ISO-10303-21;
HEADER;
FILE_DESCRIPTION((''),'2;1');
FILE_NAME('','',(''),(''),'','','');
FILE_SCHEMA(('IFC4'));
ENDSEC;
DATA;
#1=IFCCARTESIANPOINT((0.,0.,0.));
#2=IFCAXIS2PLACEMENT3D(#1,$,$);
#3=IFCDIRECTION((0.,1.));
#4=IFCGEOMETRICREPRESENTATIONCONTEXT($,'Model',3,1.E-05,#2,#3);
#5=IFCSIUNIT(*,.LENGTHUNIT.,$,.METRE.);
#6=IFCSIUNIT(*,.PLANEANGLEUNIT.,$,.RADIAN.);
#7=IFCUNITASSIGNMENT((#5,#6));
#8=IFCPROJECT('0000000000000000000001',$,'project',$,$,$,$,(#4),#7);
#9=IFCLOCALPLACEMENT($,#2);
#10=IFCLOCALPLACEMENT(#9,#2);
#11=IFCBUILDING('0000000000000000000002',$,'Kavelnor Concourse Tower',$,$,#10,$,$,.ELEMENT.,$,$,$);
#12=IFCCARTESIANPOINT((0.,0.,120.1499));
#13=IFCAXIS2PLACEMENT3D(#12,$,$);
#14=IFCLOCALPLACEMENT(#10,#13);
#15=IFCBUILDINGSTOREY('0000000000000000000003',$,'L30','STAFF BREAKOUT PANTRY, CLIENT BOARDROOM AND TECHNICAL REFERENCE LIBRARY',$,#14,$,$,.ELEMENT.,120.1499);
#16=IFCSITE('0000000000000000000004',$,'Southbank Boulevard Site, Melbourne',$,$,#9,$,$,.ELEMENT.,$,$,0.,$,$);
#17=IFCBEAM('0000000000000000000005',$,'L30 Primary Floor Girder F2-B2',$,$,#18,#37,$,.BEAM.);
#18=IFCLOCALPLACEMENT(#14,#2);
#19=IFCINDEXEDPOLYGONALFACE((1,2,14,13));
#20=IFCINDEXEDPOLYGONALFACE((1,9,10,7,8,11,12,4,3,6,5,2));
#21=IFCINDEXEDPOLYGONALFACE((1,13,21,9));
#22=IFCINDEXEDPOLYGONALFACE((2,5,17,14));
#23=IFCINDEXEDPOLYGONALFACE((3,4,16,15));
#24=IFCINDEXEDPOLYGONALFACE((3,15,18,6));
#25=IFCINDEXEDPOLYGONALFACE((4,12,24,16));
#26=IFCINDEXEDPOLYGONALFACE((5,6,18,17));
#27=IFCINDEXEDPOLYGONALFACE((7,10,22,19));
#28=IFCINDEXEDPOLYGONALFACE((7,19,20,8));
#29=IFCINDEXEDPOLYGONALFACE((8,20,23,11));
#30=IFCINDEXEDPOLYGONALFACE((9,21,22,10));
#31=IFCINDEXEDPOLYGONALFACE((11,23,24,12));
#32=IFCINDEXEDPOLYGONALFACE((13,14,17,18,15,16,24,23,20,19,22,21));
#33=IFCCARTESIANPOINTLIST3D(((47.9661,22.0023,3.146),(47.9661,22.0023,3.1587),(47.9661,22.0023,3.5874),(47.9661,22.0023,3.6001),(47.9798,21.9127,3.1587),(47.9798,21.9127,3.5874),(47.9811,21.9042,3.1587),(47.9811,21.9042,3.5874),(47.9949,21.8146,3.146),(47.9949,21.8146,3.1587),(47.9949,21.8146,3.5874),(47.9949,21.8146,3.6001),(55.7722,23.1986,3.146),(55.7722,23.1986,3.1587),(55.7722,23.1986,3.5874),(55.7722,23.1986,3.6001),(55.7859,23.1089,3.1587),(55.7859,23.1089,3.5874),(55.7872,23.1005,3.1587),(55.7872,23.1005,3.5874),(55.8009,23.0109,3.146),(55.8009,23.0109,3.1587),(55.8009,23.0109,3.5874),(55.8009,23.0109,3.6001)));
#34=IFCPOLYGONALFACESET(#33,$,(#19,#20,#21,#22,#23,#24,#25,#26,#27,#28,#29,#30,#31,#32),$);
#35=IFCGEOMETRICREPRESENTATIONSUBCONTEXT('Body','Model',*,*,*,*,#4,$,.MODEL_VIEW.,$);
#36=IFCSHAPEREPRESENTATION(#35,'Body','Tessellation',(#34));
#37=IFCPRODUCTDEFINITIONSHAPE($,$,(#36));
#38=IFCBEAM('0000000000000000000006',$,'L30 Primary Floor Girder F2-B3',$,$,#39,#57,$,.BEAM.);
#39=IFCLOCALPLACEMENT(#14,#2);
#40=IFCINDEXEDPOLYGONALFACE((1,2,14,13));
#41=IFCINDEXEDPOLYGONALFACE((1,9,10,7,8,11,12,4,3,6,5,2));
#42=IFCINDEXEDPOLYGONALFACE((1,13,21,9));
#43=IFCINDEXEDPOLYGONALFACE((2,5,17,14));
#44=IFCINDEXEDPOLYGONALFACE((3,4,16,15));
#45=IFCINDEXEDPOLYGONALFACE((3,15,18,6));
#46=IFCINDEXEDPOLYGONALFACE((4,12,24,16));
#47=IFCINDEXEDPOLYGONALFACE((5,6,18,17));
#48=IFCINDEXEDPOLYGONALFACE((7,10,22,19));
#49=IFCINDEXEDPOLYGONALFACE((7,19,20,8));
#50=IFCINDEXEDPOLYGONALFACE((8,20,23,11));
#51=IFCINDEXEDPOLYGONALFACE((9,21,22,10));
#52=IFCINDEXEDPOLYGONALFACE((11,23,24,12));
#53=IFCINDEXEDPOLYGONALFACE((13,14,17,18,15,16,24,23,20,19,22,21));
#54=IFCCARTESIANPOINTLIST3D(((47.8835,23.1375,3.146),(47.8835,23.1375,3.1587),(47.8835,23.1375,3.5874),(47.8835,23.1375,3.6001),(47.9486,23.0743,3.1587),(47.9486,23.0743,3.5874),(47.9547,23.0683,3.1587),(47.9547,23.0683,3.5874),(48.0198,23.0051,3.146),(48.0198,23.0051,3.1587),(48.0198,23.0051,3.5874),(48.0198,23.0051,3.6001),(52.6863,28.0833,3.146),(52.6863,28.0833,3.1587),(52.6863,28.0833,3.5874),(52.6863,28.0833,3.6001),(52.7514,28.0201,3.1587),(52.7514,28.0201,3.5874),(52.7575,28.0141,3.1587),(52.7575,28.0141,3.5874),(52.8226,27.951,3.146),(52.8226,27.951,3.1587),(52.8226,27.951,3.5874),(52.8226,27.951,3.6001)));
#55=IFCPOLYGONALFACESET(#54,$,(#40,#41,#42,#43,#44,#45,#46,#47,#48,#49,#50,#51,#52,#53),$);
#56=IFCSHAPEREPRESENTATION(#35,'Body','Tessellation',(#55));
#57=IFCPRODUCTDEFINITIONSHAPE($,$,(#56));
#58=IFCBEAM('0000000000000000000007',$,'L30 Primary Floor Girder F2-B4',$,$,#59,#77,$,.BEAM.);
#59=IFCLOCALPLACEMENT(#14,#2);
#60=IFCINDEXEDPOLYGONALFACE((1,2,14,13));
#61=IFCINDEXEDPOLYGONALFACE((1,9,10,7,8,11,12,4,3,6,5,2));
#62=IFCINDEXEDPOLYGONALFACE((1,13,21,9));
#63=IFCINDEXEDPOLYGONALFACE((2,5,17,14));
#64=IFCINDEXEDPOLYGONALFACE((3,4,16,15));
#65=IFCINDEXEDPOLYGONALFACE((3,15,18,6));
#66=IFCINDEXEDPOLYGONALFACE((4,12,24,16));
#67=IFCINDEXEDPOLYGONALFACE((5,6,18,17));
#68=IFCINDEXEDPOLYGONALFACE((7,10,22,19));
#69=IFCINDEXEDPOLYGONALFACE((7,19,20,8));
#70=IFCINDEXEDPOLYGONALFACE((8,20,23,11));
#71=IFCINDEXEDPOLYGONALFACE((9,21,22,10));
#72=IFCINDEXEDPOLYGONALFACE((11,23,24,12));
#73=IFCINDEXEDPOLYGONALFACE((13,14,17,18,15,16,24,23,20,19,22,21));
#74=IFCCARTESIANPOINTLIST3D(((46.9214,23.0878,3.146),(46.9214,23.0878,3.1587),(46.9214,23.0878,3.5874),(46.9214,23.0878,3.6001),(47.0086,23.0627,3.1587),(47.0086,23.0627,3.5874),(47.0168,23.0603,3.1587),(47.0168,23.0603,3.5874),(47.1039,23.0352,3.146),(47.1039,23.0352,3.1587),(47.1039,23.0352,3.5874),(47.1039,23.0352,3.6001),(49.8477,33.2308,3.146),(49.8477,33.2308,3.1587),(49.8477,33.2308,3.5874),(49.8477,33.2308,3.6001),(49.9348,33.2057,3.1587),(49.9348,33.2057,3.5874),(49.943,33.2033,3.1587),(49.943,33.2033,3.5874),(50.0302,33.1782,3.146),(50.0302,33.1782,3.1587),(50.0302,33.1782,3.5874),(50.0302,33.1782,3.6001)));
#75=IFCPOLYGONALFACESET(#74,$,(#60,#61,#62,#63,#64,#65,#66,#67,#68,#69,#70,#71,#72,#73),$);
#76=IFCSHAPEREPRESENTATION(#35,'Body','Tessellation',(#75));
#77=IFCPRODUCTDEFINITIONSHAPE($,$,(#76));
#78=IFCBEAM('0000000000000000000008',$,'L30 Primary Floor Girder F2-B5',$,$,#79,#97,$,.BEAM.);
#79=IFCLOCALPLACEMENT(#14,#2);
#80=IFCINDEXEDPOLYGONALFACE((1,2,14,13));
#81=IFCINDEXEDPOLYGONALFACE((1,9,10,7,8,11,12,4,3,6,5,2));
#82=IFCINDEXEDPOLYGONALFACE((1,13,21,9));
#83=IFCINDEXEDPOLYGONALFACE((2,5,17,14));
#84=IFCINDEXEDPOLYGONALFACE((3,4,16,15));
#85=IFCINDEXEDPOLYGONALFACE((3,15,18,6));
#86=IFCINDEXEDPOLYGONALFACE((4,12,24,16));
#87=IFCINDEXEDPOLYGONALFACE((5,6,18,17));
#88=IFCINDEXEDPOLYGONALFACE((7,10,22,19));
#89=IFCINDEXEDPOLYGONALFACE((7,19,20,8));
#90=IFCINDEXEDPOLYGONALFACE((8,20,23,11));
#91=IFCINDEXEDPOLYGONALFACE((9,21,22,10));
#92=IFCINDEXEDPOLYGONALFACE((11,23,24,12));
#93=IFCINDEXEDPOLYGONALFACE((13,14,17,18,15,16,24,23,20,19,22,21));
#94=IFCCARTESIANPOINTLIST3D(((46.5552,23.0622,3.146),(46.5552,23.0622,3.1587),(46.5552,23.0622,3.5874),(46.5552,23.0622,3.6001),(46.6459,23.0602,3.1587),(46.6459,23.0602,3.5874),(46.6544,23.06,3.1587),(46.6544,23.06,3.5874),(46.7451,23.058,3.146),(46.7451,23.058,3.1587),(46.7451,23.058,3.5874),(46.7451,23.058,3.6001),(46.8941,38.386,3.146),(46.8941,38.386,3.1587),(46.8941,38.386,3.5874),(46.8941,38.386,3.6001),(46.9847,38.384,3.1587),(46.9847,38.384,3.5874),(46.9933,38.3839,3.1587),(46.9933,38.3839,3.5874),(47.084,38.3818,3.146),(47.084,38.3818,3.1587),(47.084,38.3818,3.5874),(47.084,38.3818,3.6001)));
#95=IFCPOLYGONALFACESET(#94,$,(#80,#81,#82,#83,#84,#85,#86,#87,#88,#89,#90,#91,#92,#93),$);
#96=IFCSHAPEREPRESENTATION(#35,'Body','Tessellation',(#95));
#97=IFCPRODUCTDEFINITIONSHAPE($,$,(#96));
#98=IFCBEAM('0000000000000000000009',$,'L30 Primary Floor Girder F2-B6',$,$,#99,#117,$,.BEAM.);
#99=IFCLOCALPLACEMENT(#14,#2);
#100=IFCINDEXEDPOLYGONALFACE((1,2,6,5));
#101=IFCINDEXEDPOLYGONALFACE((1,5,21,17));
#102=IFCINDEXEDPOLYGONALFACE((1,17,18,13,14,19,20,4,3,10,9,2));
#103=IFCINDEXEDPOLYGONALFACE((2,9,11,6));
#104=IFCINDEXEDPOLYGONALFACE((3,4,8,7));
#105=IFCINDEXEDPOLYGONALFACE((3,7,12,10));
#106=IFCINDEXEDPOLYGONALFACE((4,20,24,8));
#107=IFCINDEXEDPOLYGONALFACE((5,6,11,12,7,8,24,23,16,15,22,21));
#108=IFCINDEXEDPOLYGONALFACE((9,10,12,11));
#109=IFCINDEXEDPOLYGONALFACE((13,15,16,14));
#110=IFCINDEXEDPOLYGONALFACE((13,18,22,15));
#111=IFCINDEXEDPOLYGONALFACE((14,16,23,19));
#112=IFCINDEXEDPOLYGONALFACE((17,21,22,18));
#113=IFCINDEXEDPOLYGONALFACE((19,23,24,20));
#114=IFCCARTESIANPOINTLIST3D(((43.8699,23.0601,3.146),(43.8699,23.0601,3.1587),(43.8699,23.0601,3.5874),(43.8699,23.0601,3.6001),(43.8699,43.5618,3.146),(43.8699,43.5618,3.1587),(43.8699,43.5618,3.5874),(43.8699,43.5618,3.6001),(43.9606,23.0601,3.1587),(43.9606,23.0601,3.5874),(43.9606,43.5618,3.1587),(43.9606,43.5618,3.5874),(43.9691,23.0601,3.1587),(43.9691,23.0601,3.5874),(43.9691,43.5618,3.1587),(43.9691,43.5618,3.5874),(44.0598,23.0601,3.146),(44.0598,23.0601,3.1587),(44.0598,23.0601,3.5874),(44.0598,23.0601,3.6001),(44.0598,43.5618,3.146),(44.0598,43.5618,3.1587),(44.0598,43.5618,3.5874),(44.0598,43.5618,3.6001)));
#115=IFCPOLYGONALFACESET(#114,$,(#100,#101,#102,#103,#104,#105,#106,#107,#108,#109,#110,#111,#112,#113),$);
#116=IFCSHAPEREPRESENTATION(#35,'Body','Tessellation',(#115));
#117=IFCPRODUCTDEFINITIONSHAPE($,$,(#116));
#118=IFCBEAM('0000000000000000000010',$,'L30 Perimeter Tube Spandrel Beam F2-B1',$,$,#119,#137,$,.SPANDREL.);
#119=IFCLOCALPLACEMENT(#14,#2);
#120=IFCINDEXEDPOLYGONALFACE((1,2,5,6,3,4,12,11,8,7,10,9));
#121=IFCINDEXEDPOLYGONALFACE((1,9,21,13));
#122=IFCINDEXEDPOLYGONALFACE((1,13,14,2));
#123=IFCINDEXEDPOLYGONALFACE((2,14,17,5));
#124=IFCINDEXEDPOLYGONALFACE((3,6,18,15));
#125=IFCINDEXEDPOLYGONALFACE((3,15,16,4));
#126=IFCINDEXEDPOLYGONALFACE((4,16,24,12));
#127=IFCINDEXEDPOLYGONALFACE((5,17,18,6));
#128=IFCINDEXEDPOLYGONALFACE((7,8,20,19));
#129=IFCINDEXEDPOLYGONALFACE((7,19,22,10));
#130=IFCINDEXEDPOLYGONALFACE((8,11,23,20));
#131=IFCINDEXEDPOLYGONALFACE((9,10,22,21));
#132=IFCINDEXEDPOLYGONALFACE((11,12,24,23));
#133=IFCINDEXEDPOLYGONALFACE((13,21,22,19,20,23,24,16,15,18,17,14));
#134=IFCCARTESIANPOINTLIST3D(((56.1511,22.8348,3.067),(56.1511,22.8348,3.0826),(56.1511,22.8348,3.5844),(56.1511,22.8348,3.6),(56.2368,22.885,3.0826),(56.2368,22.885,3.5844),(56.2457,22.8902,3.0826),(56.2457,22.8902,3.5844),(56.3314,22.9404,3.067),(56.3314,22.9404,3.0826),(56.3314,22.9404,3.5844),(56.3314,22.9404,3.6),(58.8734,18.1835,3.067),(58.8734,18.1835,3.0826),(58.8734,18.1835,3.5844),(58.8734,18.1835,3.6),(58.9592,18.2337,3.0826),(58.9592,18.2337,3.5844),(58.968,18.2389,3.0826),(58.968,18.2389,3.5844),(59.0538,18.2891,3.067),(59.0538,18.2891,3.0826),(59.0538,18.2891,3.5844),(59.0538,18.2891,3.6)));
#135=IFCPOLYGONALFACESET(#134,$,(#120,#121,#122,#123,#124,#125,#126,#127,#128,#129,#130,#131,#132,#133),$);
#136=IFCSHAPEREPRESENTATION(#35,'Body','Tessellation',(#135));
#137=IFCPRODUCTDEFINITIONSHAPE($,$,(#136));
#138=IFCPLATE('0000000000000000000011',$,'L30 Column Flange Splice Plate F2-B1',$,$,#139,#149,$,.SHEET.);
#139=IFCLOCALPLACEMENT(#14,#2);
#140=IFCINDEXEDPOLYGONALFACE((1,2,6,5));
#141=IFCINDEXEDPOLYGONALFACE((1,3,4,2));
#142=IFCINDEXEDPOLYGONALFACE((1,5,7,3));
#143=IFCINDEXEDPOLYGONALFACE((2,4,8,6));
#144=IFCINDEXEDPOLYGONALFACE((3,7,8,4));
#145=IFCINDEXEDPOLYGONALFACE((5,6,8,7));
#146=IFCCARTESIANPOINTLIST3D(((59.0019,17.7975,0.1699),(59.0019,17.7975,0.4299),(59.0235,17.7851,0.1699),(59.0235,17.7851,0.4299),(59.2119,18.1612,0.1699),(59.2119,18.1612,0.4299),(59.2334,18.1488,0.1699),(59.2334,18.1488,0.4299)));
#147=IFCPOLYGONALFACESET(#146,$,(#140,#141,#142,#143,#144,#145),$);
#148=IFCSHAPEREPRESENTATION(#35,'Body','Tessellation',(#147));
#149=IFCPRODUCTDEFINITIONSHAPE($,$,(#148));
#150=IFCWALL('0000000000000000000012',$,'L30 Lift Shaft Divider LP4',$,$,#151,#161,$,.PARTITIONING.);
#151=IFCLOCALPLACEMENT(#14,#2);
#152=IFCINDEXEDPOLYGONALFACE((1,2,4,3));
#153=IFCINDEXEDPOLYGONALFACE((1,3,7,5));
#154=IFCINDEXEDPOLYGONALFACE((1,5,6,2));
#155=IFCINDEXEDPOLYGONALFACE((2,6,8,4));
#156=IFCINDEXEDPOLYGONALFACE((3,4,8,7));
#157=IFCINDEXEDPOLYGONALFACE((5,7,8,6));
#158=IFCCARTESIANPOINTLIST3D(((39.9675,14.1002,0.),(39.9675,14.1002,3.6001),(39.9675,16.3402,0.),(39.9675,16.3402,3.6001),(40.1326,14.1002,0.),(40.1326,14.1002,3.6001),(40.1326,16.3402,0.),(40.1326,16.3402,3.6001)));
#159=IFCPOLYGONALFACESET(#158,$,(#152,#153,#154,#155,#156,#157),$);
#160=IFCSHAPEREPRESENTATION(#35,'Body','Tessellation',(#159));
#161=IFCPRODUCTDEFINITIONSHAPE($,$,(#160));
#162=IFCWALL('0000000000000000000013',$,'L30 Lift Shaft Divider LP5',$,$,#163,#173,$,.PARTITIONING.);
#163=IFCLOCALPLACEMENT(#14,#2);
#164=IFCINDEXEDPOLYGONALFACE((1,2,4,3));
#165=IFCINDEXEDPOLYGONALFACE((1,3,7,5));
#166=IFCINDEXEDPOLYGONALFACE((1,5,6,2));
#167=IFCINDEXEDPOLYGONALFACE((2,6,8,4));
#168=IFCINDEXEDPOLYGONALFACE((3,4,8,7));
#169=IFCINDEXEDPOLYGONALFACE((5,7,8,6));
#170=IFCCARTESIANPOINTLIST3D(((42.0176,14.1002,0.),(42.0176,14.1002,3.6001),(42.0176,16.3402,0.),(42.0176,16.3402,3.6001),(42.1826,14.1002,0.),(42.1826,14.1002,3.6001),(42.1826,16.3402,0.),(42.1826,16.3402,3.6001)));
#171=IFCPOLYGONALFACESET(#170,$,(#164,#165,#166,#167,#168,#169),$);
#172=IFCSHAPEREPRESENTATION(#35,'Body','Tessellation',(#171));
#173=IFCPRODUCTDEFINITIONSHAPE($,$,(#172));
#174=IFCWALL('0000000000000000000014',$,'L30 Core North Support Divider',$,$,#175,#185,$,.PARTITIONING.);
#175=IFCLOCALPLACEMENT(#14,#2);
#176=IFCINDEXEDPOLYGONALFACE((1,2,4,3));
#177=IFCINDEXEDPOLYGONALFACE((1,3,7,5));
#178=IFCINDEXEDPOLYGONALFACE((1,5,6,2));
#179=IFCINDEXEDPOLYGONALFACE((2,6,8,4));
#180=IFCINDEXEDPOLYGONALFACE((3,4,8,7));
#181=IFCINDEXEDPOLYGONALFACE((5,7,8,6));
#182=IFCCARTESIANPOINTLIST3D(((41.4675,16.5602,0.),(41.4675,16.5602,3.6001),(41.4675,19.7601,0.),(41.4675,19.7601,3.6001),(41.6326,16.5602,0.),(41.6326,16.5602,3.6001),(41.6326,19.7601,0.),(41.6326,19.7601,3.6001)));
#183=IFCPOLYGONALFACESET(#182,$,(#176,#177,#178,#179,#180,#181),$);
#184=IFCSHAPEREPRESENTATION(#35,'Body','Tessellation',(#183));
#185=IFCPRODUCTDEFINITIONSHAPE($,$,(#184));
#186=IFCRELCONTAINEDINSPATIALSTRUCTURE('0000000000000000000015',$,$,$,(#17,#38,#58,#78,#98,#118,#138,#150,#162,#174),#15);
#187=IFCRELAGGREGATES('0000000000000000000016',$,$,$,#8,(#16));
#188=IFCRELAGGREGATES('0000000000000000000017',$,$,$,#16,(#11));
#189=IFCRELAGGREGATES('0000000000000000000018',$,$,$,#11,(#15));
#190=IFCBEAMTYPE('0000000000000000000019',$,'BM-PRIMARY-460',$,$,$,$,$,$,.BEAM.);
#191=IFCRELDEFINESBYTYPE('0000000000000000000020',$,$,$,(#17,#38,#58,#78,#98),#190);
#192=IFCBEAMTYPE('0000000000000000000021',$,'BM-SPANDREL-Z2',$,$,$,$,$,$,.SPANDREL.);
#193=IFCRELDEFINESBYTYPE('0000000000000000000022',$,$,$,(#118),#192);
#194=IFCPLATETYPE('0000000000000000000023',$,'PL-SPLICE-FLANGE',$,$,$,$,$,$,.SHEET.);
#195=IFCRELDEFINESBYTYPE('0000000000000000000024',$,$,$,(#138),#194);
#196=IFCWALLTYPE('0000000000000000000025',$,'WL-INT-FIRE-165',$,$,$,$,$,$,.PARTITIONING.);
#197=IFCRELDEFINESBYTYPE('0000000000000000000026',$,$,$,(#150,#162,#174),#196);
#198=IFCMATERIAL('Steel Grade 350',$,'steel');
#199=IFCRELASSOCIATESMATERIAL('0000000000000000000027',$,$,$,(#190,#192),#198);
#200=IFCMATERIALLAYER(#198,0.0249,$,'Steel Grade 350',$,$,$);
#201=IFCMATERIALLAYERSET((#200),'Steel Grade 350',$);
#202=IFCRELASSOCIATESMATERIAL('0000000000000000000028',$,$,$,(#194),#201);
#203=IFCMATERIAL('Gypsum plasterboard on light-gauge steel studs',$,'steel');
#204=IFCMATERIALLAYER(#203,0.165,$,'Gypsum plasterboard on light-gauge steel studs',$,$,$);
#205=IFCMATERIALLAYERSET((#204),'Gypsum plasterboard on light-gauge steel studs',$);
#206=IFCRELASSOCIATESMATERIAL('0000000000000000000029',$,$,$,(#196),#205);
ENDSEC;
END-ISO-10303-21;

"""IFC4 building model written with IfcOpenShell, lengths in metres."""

from ifc_helpers import new_model, si_unit, direction, frame, frame_2d, origin, origin_2d, place, context, subcontext, project, spatial, rectangle, i_section, extrude, material, layer, layer_set, material_profile, profile_set, type_object, element, save


model = new_model("IFC4")

# Units and contexts
model_context = context("Model", 3, precision=1e-05, world=origin(), true_north=direction((0.0, 1.0)))
body_context = subcontext(model_context, "Body", "Model", "MODEL_VIEW")
ifc_project = project(units=[si_unit("LENGTHUNIT", "METRE"), si_unit("PLANEANGLEUNIT", "RADIAN")], contexts=[model_context])

# Site, building, storey
site_placement = place(None, origin())
site = spatial("IfcSite", under=ifc_project, at=site_placement, Name="Southbank Boulevard Site, Melbourne", CompositionType="ELEMENT", RefElevation=0.0)
building_placement = place(site_placement, origin())
building = spatial("IfcBuilding", under=site, at=building_placement, Name="Kavelnor Concourse Tower", CompositionType="ELEMENT")
storey_placement = place(building_placement, frame((0.0, 0.0, 120.1499)))
storey = spatial("IfcBuildingStorey", under=building, at=storey_placement, Name="L30", Description="STAFF BREAKOUT PANTRY, CLIENT BOARDROOM AND TECHNICAL REFERENCE LIBRARY", CompositionType="ELEMENT", Elevation=120.1499)

# Shared definitions
ifc_material_1 = material(Name="Steel Grade 350", Category="steel")

# Beams
ifc_material_profile_1 = material_profile(ifc_material_1, i_section(OverallWidth=0.1899, OverallDepth=0.4541, WebThickness=0.0085, FlangeThickness=0.0127, at=origin_2d()), Name="460UB67")
ifc_profile_set_1 = profile_set([ifc_material_profile_1], Name="Steel Grade 350")
beam_type_1 = type_object("IfcBeamType", Name="BM-PRIMARY-460", PredefinedType="BEAM", material=ifc_profile_set_1)
beam_1_placement = place(storey_placement, frame((47.9805, 21.9084, 3.373), z_axis=(0.98846, 0.151481, 0.0), x_axis=(-0.151481, 0.98846, 0.0)))
element("IfcBeam", 1, at=beam_1_placement, inside=storey, type_object=beam_type_1, Name="L30 Primary Floor Girder F2-B2", PredefinedType="BEAM", context=body_context, shape_type="SweptSolid", body=[
    extrude(i_section(OverallWidth=0.1899, OverallDepth=0.4541, WebThickness=0.0085, FlangeThickness=0.0127, at=origin_2d()), origin(), (0.0, 0.0, 1.0), 7.8972),
])
beam_2_placement = place(storey_placement, frame((47.9517, 23.0713, 3.373), z_axis=(0.696654, 0.717407, 0.0), x_axis=(-0.717407, 0.696654, 0.0)))
element("IfcBeam", 2, at=beam_2_placement, inside=storey, type_object=beam_type_1, Name="L30 Primary Floor Girder F2-B3", PredefinedType="BEAM", context=body_context, shape_type="SweptSolid", body=[
    extrude(i_section(OverallWidth=0.1899, OverallDepth=0.4541, WebThickness=0.0085, FlangeThickness=0.0127, at=origin_2d()), origin(), (0.0, 0.0, 1.0), 6.894),
])
beam_3_placement = place(storey_placement, frame((47.0127, 23.0615, 3.373), z_axis=(0.277194, 0.960814, 0.0), x_axis=(-0.960814, 0.277194, 0.0)))
element("IfcBeam", 3, at=beam_3_placement, inside=storey, type_object=beam_type_1, Name="L30 Primary Floor Girder F2-B4", PredefinedType="BEAM", context=body_context, shape_type="SweptSolid", body=[
    extrude(i_section(OverallWidth=0.1899, OverallDepth=0.4541, WebThickness=0.0085, FlangeThickness=0.0127, at=origin_2d()), origin(), (0.0, 0.0, 1.0), 10.5566),
])
beam_4_placement = place(storey_placement, frame((46.6501, 23.0601, 3.373), z_axis=(0.022108, 0.999756, 0.0), x_axis=(-0.999756, 0.022108, 0.0)))
element("IfcBeam", 4, at=beam_4_placement, inside=storey, type_object=beam_type_1, Name="L30 Primary Floor Girder F2-B5", PredefinedType="BEAM", context=body_context, shape_type="SweptSolid", body=[
    extrude(i_section(OverallWidth=0.1899, OverallDepth=0.4541, WebThickness=0.0085, FlangeThickness=0.0127, at=origin_2d()), origin(), (0.0, 0.0, 1.0), 15.3276),
])
beam_5_placement = place(storey_placement, frame((43.9648, 23.0601, 3.373), z_axis=(0.0, 1.0, 0.0), x_axis=(-1.0, 0.0, 0.0)))
element("IfcBeam", 5, at=beam_5_placement, inside=storey, type_object=beam_type_1, Name="L30 Primary Floor Girder F2-B6", PredefinedType="BEAM", context=body_context, shape_type="SweptSolid", body=[
    extrude(i_section(OverallWidth=0.1899, OverallDepth=0.4541, WebThickness=0.0085, FlangeThickness=0.0127, at=origin_2d()), origin(), (0.0, 0.0, 1.0), 20.5017),
])
ifc_material_profile_2 = material_profile(ifc_material_1, i_section(OverallWidth=0.209, OverallDepth=0.533, WebThickness=0.0103, FlangeThickness=0.0156, at=origin_2d()), Name="530UB92")
ifc_profile_set_2 = profile_set([ifc_material_profile_2], Name="Steel Grade 350")
beam_type_2 = type_object("IfcBeamType", Name="BM-SPANDREL-Z2", PredefinedType="SPANDREL", material=ifc_profile_set_2)
beam_6_placement = place(storey_placement, frame((58.9636, 18.2363, 3.3335), z_axis=(-0.505132, 0.863042, 0.0), x_axis=(-0.863042, -0.505132, 0.0)))
element("IfcBeam", 6, at=beam_6_placement, inside=storey, type_object=beam_type_2, Name="L30 Perimeter Tube Spandrel Beam F2-B1", PredefinedType="SPANDREL", context=body_context, shape_type="SweptSolid", body=[
    extrude(i_section(OverallWidth=0.209, OverallDepth=0.533, WebThickness=0.0103, FlangeThickness=0.0156, at=origin_2d()), origin(), (0.0, 0.0, 1.0), 5.3894),
])

# Plate
ifc_layer_1 = layer(ifc_material_1, 0.0249, Name="Steel Grade 350")
ifc_layer_set_1 = layer_set([ifc_layer_1], Name="Steel Grade 350")
plate_type = type_object("IfcPlateType", Name="PL-SPLICE-FLANGE", PredefinedType="SHEET", material=ifc_layer_set_1)
plate_placement = place(storey_placement, frame((59.1177, 17.9731, 0.1699), z_axis=(0.0, 0.0, 1.0), x_axis=(-0.5, -0.866025, 0.0)))
element("IfcPlate", 7, at=plate_placement, inside=storey, type_object=plate_type, Name="L30 Column Flange Splice Plate F2-B1", PredefinedType="SHEET", context=body_context, shape_type="SweptSolid", body=[
    extrude(rectangle(XDim=0.4199, YDim=0.0249, at=origin_2d()), origin(), (0.0, 0.0, 1.0), 0.26),
])

# Walls
ifc_material_2 = material(Name="Gypsum plasterboard on light-gauge steel studs", Category="steel")
ifc_layer_2 = layer(ifc_material_2, 0.165, Name="Gypsum plasterboard on light-gauge steel studs")
ifc_layer_set_2 = layer_set([ifc_layer_2], Name="Gypsum plasterboard on light-gauge steel studs")
wall_type_1 = type_object("IfcWallType", Name="WL-INT-FIRE-165", PredefinedType="PARTITIONING", material=ifc_layer_set_2)
for number, where, z_axis, x_axis, name in (
    (8, (40.05, 14.1001, 0.0), (0.0, 0.0, 1.0), (0.0, 1.0, 0.0), "L30 Lift Shaft Divider LP4"),
    (9, (42.1001, 14.1001, 0.0), (0.0, 0.0, 1.0), (0.0, 1.0, 0.0), "L30 Lift Shaft Divider LP5"),
):
    element("IfcWall", number, at=place(storey_placement, frame(where, z_axis=z_axis, x_axis=x_axis)), inside=storey, type_object=wall_type_1, Name=name, PredefinedType="PARTITIONING", context=body_context, shape_type="SweptSolid", body=[
        extrude(rectangle(XDim=2.24, YDim=0.165, at=frame_2d((1.1201, 0.0))), origin(), (0.0, 0.0, 1.0), 3.6001),
    ])
wall_1_placement = place(storey_placement, frame((41.55, 16.5601, 0.0), z_axis=(0.0, 0.0, 1.0), x_axis=(0.0, 1.0, 0.0)))
element("IfcWall", 10, at=wall_1_placement, inside=storey, type_object=wall_type_1, Name="L30 Core North Support Divider", PredefinedType="PARTITIONING", context=body_context, shape_type="SweptSolid", body=[
    extrude(rectangle(XDim=3.2, YDim=0.165, at=frame_2d((1.6001, 0.0))), origin(), (0.0, 0.0, 1.0), 3.6001),
])

save(model, "model.ifc")
